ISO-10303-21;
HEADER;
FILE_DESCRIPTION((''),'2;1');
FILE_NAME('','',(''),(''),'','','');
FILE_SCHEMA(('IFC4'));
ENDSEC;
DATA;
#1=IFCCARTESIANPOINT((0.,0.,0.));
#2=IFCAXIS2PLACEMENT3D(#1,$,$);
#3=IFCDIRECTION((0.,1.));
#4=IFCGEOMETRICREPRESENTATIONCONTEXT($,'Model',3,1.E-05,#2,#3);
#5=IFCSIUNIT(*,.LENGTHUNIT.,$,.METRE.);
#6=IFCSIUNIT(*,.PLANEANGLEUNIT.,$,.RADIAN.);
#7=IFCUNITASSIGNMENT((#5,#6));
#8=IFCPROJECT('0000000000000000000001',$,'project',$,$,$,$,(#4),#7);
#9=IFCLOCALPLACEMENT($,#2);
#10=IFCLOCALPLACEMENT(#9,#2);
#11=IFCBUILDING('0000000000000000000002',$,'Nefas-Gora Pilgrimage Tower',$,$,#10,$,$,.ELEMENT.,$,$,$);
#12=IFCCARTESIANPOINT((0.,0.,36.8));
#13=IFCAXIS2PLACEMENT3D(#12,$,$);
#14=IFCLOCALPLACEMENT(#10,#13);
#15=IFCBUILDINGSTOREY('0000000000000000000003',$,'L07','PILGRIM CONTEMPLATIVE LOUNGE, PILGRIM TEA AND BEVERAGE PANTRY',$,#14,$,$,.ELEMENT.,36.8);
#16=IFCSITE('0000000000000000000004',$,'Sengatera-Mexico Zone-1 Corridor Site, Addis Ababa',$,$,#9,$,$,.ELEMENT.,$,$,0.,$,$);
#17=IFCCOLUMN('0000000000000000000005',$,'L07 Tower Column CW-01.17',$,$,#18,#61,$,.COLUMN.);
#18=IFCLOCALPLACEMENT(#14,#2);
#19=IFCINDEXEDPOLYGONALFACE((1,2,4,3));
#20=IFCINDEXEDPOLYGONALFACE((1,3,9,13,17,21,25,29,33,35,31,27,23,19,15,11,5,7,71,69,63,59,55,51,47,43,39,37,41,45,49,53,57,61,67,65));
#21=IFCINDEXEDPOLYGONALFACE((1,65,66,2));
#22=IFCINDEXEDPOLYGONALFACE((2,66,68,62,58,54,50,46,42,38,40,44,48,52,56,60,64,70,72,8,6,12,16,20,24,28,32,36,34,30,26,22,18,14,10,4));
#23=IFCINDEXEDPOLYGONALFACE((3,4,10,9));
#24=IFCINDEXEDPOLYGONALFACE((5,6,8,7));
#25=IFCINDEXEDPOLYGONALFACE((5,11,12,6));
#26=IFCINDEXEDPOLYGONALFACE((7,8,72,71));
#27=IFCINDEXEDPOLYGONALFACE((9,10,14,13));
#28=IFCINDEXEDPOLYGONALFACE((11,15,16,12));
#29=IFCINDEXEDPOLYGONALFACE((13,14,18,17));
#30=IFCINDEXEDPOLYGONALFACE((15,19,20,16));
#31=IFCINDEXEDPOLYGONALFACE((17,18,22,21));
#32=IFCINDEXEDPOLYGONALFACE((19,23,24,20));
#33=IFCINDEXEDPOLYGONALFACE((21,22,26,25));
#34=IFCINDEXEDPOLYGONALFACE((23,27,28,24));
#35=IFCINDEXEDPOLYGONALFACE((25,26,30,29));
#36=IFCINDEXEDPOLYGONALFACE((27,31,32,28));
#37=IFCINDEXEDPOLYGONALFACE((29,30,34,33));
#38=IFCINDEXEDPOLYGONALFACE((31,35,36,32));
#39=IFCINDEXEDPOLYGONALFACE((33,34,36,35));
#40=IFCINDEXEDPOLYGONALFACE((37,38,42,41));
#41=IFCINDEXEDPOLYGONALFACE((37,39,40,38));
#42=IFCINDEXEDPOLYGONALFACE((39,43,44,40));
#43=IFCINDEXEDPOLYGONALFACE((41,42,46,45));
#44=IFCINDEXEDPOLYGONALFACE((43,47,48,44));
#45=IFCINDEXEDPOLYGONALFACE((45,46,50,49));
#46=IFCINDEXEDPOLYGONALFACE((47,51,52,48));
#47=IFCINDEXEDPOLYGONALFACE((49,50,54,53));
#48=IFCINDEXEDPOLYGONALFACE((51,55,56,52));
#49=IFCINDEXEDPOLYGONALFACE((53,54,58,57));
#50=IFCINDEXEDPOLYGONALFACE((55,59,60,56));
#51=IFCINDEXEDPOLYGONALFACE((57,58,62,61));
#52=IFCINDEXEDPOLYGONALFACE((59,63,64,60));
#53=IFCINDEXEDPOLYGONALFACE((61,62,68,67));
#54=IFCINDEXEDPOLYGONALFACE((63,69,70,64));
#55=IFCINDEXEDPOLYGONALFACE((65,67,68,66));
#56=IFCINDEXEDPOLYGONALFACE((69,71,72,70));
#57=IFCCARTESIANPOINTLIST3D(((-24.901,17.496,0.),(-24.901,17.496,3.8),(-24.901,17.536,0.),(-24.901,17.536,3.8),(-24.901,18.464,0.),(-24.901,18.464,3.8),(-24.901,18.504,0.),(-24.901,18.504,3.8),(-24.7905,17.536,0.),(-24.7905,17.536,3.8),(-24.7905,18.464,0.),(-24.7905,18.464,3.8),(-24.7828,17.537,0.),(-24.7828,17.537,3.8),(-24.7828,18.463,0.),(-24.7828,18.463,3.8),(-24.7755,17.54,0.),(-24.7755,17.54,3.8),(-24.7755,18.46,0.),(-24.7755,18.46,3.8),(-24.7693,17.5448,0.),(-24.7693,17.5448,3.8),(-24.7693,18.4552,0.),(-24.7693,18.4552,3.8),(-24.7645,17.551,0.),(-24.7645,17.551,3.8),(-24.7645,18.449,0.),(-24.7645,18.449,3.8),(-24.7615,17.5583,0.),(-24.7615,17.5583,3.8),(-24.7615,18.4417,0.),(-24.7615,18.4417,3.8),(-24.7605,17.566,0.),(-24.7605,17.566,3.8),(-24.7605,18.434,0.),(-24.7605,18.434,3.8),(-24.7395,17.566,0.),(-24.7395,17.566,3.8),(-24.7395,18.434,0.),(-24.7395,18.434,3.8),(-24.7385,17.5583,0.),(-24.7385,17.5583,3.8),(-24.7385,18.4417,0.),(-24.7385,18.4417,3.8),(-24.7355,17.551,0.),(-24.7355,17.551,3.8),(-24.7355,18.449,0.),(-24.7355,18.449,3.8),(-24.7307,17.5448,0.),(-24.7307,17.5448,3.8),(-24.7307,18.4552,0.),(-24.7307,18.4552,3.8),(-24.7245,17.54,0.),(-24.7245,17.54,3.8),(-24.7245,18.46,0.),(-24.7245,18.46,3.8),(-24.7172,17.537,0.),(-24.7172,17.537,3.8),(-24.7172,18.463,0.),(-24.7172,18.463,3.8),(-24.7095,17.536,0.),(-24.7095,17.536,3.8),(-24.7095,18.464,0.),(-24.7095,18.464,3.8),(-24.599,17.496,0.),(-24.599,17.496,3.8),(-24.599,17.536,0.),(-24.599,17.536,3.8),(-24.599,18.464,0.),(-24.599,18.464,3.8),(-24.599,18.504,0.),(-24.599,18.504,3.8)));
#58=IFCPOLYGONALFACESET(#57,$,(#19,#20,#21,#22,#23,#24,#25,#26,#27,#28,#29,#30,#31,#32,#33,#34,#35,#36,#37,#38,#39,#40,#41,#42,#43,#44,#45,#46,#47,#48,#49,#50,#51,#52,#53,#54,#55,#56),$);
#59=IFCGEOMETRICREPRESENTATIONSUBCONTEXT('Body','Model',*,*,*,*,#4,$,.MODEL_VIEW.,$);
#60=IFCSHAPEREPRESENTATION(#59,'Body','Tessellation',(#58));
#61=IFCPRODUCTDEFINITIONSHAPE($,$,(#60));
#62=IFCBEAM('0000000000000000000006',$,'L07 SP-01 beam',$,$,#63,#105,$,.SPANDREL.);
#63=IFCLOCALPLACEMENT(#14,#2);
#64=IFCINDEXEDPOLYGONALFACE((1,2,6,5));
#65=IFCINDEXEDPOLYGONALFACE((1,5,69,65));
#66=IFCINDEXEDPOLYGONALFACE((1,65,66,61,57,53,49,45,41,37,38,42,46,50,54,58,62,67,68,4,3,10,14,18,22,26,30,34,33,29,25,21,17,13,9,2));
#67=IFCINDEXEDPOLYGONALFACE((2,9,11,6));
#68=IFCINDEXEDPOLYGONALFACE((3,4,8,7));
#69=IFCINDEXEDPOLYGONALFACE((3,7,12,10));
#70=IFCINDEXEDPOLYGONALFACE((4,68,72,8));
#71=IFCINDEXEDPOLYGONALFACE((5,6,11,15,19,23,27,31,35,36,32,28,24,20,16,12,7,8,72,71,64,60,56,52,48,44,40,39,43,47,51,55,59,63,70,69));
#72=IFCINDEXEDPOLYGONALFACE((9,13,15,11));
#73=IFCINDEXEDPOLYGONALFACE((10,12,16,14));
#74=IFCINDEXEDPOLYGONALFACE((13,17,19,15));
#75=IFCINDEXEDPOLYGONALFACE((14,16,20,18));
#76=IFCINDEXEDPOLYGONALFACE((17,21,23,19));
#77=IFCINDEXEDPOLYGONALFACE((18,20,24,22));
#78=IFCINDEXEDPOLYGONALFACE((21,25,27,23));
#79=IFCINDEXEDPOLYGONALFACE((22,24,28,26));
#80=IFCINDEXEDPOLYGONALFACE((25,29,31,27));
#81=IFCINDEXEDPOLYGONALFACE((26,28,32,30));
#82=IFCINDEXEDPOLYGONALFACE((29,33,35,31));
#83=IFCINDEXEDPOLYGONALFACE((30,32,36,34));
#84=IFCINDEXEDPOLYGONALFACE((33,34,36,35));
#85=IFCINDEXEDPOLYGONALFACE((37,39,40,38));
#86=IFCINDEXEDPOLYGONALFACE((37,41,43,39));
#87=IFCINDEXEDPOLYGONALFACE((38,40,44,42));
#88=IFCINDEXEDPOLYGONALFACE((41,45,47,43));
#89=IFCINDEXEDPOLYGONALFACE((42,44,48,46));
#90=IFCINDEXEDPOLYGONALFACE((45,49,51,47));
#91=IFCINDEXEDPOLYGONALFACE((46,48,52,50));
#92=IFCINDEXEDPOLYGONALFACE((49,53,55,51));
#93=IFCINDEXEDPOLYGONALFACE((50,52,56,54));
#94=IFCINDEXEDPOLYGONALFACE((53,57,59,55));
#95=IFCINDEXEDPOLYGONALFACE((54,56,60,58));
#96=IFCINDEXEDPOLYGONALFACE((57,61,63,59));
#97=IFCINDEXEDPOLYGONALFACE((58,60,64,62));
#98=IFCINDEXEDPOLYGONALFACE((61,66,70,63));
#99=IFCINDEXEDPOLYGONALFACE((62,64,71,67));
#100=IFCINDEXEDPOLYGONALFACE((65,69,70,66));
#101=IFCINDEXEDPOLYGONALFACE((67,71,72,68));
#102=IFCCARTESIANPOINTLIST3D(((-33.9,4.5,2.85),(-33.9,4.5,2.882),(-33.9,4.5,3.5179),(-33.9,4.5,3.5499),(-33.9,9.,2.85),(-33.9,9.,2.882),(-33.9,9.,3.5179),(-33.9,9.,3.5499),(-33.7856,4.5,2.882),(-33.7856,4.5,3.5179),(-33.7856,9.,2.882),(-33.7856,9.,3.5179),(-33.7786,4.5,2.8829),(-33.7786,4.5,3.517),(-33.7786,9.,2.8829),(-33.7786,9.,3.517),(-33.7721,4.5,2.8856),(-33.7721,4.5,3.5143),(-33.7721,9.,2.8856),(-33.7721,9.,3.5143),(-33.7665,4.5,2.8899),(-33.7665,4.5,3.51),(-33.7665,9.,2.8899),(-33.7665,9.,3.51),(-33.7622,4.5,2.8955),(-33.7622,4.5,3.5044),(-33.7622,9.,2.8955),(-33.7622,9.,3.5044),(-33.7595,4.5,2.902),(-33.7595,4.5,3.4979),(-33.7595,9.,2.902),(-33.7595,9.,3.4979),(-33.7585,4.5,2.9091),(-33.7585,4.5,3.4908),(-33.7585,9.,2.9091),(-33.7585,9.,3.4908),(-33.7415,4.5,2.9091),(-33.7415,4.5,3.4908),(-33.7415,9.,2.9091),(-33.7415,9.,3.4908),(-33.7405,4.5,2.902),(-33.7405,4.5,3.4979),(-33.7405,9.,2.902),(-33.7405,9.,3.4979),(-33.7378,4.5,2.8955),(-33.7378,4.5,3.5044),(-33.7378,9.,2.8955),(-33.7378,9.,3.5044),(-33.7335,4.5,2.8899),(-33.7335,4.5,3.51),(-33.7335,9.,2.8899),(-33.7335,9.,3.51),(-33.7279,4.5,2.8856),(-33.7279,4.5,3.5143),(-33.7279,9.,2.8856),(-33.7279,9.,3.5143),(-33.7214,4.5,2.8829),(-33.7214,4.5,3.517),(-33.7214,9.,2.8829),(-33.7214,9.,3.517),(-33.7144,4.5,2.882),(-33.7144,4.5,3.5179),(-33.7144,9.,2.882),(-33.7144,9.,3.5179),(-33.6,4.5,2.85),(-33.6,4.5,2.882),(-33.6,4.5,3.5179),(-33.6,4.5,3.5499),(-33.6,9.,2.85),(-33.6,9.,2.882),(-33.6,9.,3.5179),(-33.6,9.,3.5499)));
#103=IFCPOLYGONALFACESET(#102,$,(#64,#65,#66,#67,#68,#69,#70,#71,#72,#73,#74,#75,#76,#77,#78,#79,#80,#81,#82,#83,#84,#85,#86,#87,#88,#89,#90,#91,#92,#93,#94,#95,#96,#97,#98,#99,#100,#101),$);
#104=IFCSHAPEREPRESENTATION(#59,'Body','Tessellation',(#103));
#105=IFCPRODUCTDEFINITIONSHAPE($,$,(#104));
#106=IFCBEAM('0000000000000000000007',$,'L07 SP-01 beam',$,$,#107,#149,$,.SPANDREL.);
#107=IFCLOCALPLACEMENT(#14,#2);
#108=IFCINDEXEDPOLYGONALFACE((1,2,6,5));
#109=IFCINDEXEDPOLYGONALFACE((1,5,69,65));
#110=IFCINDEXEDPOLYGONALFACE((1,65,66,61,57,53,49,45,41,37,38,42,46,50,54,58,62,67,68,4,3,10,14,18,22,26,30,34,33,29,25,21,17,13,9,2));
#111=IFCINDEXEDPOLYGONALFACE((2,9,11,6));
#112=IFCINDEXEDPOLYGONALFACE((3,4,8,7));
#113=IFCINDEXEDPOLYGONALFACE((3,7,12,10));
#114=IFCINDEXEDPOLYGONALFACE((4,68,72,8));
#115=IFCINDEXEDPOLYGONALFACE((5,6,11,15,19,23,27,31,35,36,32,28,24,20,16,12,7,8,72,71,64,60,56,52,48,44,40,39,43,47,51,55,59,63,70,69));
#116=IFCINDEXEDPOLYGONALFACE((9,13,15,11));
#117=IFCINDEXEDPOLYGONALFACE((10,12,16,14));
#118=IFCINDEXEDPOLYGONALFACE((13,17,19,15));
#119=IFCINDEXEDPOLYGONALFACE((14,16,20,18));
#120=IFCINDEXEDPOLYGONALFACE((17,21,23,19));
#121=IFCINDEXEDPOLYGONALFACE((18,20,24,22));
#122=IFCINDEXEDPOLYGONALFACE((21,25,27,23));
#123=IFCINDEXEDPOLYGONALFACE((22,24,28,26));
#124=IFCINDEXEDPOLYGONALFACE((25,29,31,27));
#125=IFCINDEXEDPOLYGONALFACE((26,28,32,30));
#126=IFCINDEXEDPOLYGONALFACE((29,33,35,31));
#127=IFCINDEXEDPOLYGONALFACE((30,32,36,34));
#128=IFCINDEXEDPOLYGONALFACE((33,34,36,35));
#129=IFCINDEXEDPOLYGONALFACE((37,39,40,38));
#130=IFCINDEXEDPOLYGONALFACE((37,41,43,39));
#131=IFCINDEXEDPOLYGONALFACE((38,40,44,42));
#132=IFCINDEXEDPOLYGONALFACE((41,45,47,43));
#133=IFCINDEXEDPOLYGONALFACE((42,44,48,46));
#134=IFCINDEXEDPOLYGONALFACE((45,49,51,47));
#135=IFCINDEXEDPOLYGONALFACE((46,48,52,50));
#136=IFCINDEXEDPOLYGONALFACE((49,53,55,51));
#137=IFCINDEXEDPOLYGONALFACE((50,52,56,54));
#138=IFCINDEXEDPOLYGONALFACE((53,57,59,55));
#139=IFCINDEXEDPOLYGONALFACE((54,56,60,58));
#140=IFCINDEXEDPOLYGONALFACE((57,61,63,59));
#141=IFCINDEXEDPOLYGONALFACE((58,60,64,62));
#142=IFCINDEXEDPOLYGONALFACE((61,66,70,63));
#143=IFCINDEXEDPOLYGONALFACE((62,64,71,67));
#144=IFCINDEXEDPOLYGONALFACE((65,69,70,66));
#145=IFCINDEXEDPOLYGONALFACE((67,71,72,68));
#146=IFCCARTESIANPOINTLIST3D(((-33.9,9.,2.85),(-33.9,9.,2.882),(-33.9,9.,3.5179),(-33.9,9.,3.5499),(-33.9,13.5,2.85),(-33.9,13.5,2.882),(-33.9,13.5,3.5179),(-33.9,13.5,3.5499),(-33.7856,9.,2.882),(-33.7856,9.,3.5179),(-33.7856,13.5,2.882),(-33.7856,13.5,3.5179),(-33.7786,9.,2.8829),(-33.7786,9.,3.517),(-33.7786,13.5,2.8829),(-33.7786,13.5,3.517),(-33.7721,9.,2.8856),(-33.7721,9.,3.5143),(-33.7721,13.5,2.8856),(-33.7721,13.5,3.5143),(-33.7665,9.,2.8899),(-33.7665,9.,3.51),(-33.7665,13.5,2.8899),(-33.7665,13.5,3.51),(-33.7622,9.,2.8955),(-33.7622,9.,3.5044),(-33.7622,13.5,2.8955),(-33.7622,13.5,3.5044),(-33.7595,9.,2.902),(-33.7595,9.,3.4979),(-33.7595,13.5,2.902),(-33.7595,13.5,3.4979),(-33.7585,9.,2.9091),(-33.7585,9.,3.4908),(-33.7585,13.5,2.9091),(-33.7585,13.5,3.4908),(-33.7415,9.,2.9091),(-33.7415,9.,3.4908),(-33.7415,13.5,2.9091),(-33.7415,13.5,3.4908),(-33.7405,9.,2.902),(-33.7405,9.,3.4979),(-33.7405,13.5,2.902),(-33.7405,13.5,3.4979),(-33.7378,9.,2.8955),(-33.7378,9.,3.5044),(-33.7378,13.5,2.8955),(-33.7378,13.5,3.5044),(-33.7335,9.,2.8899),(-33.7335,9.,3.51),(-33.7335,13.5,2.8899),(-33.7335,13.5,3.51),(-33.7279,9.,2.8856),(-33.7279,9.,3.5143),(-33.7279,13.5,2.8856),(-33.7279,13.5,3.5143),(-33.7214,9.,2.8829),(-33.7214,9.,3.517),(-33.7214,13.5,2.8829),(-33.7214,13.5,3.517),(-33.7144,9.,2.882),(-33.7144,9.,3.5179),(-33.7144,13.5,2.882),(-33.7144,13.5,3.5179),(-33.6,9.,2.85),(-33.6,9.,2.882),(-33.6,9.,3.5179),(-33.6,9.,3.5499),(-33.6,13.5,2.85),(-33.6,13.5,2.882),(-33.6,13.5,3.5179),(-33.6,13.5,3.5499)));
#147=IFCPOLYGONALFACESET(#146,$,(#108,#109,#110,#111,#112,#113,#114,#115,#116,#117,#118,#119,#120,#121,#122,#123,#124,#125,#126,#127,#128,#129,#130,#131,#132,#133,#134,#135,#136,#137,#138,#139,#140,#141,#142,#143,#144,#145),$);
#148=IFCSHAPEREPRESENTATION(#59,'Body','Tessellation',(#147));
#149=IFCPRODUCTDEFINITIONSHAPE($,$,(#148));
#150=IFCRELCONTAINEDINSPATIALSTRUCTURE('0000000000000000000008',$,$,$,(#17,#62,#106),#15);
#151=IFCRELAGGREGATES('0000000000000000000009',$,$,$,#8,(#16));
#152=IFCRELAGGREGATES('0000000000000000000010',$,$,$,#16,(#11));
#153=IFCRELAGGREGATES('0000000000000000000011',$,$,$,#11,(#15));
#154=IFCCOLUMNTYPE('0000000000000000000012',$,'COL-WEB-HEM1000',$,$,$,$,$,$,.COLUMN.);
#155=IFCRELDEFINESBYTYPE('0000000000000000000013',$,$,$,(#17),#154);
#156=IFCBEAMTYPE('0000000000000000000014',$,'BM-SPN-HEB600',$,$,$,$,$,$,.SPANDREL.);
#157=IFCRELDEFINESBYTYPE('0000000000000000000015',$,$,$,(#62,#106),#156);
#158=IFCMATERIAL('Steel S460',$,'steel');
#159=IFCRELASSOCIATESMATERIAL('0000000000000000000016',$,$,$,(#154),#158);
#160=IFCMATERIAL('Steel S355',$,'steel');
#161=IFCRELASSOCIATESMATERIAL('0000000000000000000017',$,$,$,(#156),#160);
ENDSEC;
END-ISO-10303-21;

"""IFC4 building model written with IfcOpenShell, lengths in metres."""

from ifc_helpers import new_model, si_unit, direction, frame, origin, origin_2d, place, context, subcontext, project, spatial, i_section, extrude, source, transform, mapped, material, material_profile, profile_set, type_object, element, save


model = new_model("IFC4")

# Units and contexts
model_context = context("Model", 3, precision=1e-05, world=origin(), true_north=direction((0.0, 1.0)))
body_context = subcontext(model_context, "Body", "Model", "MODEL_VIEW")
ifc_project = project(units=[si_unit("LENGTHUNIT", "METRE"), si_unit("PLANEANGLEUNIT", "RADIAN")], contexts=[model_context])

# Site, building, storey
site_placement = place(None, origin())
site = spatial("IfcSite", under=ifc_project, at=site_placement, Name="Sengatera-Mexico Zone-1 Corridor Site, Addis Ababa", CompositionType="ELEMENT", RefElevation=0.0)
building_placement = place(site_placement, origin())
building = spatial("IfcBuilding", under=site, at=building_placement, Name="Nefas-Gora Pilgrimage Tower", CompositionType="ELEMENT")
storey_placement = place(building_placement, frame((0.0, 0.0, 36.8)))
storey = spatial("IfcBuildingStorey", under=building, at=storey_placement, Name="L07", Description="PILGRIM CONTEMPLATIVE LOUNGE, PILGRIM TEA AND BEVERAGE PANTRY", CompositionType="ELEMENT", Elevation=36.8)

# Column
ifc_material_1 = material(Name="Steel S460", Category="steel")
ifc_material_profile_1 = material_profile(ifc_material_1, i_section(OverallWidth=0.302, OverallDepth=1.0081, WebThickness=0.021, FlangeThickness=0.04, FilletRadius=0.03, at=origin_2d()), Name="HEM 1000")
ifc_profile_set_1 = profile_set([ifc_material_profile_1], Name="Steel S460")
column_type_1 = type_object("IfcColumnType", Name="COL-WEB-HEM1000", PredefinedType="COLUMN", material=ifc_profile_set_1)
shared_shape_1 = source(origin(), body_context, "Body", "SweptSolid", [
    extrude(i_section(OverallWidth=0.302, OverallDepth=1.0081, WebThickness=0.021, FlangeThickness=0.04, FilletRadius=0.03, at=origin_2d()), origin(), (0.0, 0.0, 1.0), 3.8),
])
for number, where, z_axis, x_axis, name in (
    (1, (-24.75, 18.0, 0.0), (0.0, 0.0, 1.0), (1.0, 0.0, 0.0), "L07 Tower Column CW-01.17"),
):
    element("IfcColumn", number, at=place(storey_placement, frame(where, z_axis=z_axis, x_axis=x_axis)), inside=storey, type_object=column_type_1, Name=name, PredefinedType="COLUMN", context=body_context, shape_type="MappedRepresentation", body=[
        mapped(shared_shape_1, transform((0.0, 0.0, 0.0), x_axis=(1.0, 0.0, 0.0), y_axis=(0.0, 1.0, 0.0), z_axis=(0.0, 0.0, 1.0), scale=1.0)),
    ])

# Beams
ifc_material_2 = material(Name="Steel S355", Category="steel")
ifc_material_profile_2 = material_profile(ifc_material_2, i_section(OverallWidth=0.3, OverallDepth=0.7, WebThickness=0.0171, FlangeThickness=0.032, FilletRadius=0.0271, at=origin_2d()), Name="HEB 700")
ifc_profile_set_2 = profile_set([ifc_material_profile_2], Name="Steel S355")
beam_type_1 = type_object("IfcBeamType", Name="BM-SPN-HEB600", PredefinedType="SPANDREL", material=ifc_profile_set_2)
shared_shape_2 = source(origin(), body_context, "Body", "SweptSolid", [
    extrude(i_section(OverallWidth=0.3, OverallDepth=0.7, WebThickness=0.0171, FlangeThickness=0.032, FilletRadius=0.0271, at=origin_2d()), origin(), (0.0, 0.0, 1.0), 4.5),
])
for number, where, z_axis, x_axis, name in (
    (2, (-33.75, 4.5, 3.2), (0.0, 1.0, 0.0), (-1.0, 0.0, 0.0), "L07 SP-01 beam"),
    (3, (-33.75, 9.0, 3.2), (0.0, 1.0, 0.0), (-1.0, 0.0, 0.0), "L07 SP-01 beam"),
):
    element("IfcBeam", number, at=place(storey_placement, frame(where, z_axis=z_axis, x_axis=x_axis)), inside=storey, type_object=beam_type_1, Name=name, PredefinedType="SPANDREL", context=body_context, shape_type="MappedRepresentation", body=[
        mapped(shared_shape_2, transform((0.0, 0.0, 0.0), x_axis=(1.0, 0.0, 0.0), y_axis=(0.0, 1.0, 0.0), z_axis=(0.0, 0.0, 1.0), scale=1.0)),
    ])

save(model, "model.ifc")
